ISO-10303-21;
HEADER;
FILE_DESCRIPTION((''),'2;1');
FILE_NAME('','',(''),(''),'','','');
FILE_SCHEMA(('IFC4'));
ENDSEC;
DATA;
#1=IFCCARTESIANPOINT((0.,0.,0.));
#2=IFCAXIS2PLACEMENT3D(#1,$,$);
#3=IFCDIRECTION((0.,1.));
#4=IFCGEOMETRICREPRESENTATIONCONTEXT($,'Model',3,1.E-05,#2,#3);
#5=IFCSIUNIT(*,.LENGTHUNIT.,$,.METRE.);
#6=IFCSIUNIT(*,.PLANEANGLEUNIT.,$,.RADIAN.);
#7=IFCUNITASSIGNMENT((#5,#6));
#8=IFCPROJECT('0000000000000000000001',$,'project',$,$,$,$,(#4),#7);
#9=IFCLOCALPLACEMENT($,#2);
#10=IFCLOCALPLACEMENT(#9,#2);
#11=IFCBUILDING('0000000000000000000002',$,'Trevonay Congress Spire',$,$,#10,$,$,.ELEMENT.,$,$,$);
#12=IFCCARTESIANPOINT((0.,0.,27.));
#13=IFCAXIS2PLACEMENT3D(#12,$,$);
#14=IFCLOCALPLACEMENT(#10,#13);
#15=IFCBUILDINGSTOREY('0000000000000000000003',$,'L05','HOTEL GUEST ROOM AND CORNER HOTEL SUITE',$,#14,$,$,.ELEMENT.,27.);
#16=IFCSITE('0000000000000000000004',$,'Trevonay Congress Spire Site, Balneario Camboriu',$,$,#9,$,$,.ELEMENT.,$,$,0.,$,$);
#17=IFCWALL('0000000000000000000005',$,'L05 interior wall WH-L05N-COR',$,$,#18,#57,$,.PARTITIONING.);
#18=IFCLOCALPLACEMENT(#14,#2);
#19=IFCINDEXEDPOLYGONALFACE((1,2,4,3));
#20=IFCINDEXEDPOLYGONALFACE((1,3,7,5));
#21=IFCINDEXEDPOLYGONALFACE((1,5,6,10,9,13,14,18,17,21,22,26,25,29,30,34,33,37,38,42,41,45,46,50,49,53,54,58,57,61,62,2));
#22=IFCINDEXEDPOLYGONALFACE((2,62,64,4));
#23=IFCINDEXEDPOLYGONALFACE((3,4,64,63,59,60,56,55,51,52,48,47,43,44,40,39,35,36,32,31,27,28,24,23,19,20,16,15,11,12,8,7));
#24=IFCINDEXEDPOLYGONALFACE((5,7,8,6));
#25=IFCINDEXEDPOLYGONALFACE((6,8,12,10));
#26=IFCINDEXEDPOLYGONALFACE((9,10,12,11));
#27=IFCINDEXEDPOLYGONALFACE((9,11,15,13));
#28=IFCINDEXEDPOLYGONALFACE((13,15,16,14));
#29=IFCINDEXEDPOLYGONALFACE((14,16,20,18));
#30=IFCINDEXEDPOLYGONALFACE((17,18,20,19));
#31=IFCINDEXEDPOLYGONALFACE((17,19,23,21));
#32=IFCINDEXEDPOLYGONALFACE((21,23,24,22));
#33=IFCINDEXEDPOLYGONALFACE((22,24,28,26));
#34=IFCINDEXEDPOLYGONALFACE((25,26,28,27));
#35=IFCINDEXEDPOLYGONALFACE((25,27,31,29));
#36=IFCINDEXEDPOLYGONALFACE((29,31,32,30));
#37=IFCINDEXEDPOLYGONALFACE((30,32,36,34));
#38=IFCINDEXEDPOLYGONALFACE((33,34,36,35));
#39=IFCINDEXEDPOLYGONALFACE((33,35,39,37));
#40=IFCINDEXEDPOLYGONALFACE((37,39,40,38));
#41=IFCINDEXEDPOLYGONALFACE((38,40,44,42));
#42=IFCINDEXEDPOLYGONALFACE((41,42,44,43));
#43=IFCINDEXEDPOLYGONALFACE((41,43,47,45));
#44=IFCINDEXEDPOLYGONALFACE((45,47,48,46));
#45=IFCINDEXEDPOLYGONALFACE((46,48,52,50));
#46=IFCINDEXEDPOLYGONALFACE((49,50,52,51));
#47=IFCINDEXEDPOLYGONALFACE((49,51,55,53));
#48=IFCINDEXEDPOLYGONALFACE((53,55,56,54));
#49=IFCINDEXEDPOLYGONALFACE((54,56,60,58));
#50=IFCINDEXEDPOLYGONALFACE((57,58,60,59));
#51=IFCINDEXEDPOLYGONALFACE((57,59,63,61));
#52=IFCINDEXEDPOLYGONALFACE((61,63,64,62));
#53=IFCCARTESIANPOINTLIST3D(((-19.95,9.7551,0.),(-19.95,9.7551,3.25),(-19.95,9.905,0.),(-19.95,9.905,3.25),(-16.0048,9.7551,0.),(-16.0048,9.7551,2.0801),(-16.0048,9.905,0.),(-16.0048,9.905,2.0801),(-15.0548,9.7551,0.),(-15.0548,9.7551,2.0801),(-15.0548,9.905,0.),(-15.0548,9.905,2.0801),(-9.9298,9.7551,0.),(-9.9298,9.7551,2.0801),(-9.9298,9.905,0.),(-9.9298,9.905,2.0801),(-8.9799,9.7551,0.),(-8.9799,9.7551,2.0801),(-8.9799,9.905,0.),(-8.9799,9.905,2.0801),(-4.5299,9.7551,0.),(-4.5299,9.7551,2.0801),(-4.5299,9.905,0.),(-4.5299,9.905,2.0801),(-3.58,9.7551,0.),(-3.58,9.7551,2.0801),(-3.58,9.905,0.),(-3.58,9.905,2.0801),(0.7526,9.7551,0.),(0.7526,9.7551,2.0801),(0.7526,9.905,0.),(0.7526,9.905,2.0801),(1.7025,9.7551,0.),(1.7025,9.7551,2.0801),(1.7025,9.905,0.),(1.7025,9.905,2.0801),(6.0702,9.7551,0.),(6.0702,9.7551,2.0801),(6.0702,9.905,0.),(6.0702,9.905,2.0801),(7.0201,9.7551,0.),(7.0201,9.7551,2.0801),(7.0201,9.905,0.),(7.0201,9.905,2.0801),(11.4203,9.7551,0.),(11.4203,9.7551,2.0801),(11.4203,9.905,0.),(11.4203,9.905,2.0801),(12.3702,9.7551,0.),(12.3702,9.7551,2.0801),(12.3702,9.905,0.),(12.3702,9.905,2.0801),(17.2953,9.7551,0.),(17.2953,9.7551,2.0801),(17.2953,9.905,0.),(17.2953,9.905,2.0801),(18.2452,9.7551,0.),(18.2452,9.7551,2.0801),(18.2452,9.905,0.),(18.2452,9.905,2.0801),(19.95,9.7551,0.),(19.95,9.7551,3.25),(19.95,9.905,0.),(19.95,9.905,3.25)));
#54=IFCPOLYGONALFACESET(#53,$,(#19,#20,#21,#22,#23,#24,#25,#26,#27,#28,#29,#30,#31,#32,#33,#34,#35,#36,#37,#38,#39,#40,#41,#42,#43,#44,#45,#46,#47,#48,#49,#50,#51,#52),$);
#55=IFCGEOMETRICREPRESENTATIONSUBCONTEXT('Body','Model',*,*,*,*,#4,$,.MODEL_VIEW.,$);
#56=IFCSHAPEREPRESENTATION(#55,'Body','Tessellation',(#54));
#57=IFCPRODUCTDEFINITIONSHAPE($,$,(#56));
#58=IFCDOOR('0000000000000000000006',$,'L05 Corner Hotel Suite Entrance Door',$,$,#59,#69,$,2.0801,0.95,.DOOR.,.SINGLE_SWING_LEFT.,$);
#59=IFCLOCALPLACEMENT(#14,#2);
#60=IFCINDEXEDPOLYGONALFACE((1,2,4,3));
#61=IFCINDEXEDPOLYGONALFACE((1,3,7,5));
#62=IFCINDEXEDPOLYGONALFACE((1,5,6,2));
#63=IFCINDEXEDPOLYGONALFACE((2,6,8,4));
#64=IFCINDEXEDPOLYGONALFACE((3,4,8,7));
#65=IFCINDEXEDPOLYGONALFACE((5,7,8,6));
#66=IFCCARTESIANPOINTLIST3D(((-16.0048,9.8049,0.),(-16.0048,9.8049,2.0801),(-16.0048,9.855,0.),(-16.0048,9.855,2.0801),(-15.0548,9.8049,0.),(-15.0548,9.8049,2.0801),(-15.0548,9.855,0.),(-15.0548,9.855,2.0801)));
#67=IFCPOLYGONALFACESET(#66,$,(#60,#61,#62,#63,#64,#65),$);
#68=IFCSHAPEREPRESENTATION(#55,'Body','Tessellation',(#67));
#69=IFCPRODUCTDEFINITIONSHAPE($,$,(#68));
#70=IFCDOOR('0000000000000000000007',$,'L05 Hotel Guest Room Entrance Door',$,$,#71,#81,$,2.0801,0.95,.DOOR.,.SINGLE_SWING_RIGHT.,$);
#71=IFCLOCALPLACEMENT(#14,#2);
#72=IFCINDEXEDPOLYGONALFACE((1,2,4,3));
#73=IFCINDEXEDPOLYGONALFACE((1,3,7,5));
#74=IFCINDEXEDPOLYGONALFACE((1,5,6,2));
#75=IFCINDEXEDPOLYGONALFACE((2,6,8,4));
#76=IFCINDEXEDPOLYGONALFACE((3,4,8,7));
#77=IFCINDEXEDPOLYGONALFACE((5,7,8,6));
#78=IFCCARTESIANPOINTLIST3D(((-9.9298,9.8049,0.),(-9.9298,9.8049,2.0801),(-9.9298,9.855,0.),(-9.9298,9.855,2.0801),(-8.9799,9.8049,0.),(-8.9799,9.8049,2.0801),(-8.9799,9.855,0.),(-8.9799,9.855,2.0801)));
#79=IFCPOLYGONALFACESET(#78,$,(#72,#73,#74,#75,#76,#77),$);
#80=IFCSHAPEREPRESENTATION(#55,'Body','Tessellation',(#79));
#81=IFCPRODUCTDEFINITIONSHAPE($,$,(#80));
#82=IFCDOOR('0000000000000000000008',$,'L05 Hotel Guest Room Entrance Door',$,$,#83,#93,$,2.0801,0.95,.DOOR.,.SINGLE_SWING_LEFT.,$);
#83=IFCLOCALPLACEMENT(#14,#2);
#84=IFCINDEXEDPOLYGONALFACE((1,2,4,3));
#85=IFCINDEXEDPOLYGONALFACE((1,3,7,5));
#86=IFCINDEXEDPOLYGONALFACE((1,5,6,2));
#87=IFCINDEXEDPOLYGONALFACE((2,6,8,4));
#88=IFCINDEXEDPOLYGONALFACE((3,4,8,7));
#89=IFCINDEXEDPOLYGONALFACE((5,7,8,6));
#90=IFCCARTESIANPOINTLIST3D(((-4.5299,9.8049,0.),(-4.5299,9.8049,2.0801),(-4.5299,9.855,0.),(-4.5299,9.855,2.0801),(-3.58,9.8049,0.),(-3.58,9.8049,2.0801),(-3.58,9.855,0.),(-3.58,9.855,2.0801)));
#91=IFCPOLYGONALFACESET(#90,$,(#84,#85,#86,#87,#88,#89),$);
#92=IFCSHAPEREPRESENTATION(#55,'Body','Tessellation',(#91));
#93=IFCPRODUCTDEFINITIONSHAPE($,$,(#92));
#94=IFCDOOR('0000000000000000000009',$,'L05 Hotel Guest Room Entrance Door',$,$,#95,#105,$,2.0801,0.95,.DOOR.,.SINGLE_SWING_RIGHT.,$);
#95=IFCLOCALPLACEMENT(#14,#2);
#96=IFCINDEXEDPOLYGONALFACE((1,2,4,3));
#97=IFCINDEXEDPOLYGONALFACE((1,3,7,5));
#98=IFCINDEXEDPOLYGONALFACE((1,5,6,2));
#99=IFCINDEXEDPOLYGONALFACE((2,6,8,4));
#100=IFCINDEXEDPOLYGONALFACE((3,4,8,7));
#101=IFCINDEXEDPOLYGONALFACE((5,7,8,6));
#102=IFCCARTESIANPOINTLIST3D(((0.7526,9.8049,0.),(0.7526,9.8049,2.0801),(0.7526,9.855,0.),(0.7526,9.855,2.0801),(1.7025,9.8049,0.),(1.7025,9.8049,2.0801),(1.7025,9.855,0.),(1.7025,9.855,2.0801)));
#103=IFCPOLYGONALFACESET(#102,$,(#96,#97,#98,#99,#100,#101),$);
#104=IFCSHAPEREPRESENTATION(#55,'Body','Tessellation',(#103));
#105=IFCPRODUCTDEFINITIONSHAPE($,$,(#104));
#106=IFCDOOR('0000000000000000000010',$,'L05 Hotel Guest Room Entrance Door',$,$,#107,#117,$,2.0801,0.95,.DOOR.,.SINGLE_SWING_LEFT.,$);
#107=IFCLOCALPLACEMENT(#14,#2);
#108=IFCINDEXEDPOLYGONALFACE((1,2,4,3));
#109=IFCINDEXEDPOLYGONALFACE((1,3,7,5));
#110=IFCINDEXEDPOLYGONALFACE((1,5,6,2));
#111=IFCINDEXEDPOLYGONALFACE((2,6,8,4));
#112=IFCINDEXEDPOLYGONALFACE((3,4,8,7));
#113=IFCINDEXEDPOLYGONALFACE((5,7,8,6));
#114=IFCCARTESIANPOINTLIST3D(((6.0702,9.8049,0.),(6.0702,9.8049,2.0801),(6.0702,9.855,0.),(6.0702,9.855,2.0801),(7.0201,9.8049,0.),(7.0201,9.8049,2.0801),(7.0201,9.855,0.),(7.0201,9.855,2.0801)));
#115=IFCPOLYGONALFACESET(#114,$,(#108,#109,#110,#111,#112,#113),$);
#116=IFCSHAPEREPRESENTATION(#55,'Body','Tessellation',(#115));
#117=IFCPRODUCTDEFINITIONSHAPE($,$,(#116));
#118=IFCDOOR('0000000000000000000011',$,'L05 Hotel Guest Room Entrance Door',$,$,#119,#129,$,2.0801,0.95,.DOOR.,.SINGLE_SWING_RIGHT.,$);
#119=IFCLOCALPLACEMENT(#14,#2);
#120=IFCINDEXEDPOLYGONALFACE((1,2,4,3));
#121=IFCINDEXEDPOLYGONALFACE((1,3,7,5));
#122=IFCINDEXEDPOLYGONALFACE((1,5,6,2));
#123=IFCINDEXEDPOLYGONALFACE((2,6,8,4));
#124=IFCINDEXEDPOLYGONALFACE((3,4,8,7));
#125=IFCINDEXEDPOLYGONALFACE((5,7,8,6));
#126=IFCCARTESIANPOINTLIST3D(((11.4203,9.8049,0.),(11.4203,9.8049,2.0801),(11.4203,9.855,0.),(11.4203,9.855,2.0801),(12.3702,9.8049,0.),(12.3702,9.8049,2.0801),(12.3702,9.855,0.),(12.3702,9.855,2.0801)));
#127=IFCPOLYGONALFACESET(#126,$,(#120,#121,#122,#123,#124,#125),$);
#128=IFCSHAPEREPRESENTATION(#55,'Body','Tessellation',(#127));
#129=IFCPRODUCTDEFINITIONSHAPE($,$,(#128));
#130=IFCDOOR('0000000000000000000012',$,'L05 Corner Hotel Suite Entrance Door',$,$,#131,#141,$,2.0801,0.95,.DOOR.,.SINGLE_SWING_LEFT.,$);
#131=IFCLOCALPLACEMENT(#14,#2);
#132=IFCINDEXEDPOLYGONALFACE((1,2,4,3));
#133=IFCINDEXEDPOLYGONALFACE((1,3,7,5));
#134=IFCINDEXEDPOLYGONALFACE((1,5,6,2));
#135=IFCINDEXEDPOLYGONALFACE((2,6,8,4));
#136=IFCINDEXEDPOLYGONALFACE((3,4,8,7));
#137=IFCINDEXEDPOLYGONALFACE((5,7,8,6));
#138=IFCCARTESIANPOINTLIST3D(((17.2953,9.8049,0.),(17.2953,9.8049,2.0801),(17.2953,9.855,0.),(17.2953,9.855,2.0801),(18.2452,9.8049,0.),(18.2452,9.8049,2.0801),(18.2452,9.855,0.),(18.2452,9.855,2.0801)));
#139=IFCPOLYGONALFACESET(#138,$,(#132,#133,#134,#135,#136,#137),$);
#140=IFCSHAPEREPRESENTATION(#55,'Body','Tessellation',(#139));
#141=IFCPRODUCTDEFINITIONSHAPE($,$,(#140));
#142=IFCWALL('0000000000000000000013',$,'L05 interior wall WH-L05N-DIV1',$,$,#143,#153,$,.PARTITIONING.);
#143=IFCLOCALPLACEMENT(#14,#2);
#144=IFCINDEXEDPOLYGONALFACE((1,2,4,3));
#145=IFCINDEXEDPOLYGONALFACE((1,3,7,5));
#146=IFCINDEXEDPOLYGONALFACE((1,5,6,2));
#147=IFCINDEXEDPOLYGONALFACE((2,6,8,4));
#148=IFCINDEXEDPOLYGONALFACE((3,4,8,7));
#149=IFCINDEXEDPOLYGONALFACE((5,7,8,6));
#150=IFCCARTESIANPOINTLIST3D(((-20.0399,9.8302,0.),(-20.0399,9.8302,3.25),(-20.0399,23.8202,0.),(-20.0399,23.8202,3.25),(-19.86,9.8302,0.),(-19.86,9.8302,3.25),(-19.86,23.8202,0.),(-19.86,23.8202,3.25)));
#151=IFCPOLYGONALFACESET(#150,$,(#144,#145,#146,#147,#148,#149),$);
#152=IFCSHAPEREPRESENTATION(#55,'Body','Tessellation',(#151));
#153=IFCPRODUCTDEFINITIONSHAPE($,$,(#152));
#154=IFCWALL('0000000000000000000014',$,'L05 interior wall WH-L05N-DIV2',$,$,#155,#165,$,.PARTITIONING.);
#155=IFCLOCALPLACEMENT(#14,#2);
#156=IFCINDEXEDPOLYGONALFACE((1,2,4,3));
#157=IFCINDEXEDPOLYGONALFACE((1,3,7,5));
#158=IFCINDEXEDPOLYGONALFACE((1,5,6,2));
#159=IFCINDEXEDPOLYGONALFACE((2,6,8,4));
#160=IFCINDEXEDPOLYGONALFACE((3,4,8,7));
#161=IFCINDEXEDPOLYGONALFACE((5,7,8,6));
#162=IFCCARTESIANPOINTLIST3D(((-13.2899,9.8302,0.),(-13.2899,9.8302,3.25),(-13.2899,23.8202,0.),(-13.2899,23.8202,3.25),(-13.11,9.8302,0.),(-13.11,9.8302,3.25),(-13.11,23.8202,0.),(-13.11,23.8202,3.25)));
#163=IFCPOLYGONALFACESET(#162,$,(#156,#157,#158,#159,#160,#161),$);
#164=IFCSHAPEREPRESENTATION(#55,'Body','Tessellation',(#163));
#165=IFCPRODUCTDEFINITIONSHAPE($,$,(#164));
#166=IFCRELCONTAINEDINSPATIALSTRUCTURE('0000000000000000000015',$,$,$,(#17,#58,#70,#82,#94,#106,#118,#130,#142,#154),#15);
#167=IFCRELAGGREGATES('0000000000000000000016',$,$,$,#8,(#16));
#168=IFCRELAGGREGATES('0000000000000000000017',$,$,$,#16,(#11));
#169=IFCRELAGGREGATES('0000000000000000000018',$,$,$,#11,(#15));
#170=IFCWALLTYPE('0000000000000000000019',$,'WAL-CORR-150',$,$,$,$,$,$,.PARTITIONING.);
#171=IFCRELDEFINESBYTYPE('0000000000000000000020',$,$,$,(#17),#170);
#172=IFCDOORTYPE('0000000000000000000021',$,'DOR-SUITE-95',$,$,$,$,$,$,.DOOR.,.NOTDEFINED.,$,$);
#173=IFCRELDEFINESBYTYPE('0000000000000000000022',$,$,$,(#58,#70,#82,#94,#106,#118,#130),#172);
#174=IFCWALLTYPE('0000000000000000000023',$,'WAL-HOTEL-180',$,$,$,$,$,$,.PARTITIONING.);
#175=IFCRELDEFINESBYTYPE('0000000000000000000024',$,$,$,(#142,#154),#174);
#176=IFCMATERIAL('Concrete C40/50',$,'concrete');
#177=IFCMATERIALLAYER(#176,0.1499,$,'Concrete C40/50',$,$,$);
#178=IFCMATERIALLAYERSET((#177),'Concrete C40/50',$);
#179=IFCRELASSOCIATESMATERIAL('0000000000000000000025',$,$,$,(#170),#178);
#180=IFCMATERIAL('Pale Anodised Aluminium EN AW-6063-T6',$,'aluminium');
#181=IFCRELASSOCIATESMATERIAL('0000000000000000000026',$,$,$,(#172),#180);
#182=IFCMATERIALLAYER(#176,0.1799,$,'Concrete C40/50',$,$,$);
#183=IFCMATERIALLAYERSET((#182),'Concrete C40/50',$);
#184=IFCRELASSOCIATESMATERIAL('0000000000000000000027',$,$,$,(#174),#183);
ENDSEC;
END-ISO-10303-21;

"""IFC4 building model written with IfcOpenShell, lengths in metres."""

from ifc_helpers import new_model, si_unit, direction, frame, frame_2d, origin, place, context, subcontext, project, spatial, rectangle, extrude, material, layer, layer_set, type_object, element, fill, save


model = new_model("IFC4")

# Units and contexts
model_context = context("Model", 3, precision=1e-05, world=origin(), true_north=direction((0.0, 1.0)))
body_context = subcontext(model_context, "Body", "Model", "MODEL_VIEW")
ifc_project = project(units=[si_unit("LENGTHUNIT", "METRE"), si_unit("PLANEANGLEUNIT", "RADIAN")], contexts=[model_context])

# Site, building, storey
site_placement = place(None, origin())
site = spatial("IfcSite", under=ifc_project, at=site_placement, Name="Trevonay Congress Spire Site, Balneario Camboriu", CompositionType="ELEMENT", RefElevation=0.0)
building_placement = place(site_placement, origin())
building = spatial("IfcBuilding", under=site, at=building_placement, Name="Trevonay Congress Spire", CompositionType="ELEMENT")
storey_placement = place(building_placement, frame((0.0, 0.0, 27.0)))
storey = spatial("IfcBuildingStorey", under=building, at=storey_placement, Name="L05", Description="HOTEL GUEST ROOM AND CORNER HOTEL SUITE", CompositionType="ELEMENT", Elevation=27.0)

# Shared definitions
ifc_material_1 = material(Name="Concrete C40/50", Category="concrete")
ifc_material_2 = material(Name="Pale Anodised Aluminium EN AW-6063-T6", Category="aluminium")

# Wall, openings, doors
ifc_layer_1 = layer(ifc_material_1, 0.1499, Name="Concrete C40/50")
ifc_layer_set_1 = layer_set([ifc_layer_1], Name="Concrete C40/50")
wall_type_1 = type_object("IfcWallType", Name="WAL-CORR-150", PredefinedType="PARTITIONING", material=ifc_layer_set_1)
wall_1_placement = place(storey_placement, frame((-19.95, 9.8301, 0.0), z_axis=(0.0, 0.0, 1.0), x_axis=(1.0, 0.0, 0.0)))
wall_1 = element("IfcWall", 1, at=wall_1_placement, inside=storey, type_object=wall_type_1, Name="L05 interior wall WH-L05N-COR", PredefinedType="PARTITIONING", context=body_context, shape_type="SweptSolid", body=[
    extrude(rectangle(XDim=39.8999, YDim=0.1499, at=frame_2d((19.95, 0.0))), origin(), (0.0, 0.0, 1.0), 3.25),
])
opening_1_placement = place(wall_1_placement, frame((3.9451, 0.0, 0.0)))
opening_1 = element("IfcOpeningElement", 2, at=opening_1_placement, cuts=wall_1, PredefinedType="OPENING", context=body_context, shape_type="SweptSolid", body=[
    extrude(rectangle(XDim=0.95, YDim=2.0801, at=frame_2d((0.4751, 1.04))), frame((0.0, 0.085, 0.0), z_axis=(0.0, -1.0, 0.0), x_axis=(1.0, 0.0, 0.0)), (0.0, 0.0, 1.0), 0.1699),
])
opening_2_placement = place(wall_1_placement, frame((10.02, 0.0, 0.0)))
opening_2 = element("IfcOpeningElement", 3, at=opening_2_placement, cuts=wall_1, PredefinedType="OPENING", context=body_context, shape_type="SweptSolid", body=[
    extrude(rectangle(XDim=0.95, YDim=2.0801, at=frame_2d((0.4751, 1.04))), frame((0.0, 0.085, 0.0), z_axis=(0.0, -1.0, 0.0), x_axis=(1.0, 0.0, 0.0)), (0.0, 0.0, 1.0), 0.1699),
])
opening_3_placement = place(wall_1_placement, frame((15.4199, 0.0, 0.0)))
opening_3 = element("IfcOpeningElement", 4, at=opening_3_placement, cuts=wall_1, PredefinedType="OPENING", context=body_context, shape_type="SweptSolid", body=[
    extrude(rectangle(XDim=0.95, YDim=2.0801, at=frame_2d((0.4751, 1.04))), frame((0.0, 0.085, 0.0), z_axis=(0.0, -1.0, 0.0), x_axis=(1.0, 0.0, 0.0)), (0.0, 0.0, 1.0), 0.1699),
])
opening_4_placement = place(wall_1_placement, frame((20.7024, 0.0, 0.0)))
opening_4 = element("IfcOpeningElement", 5, at=opening_4_placement, cuts=wall_1, PredefinedType="OPENING", context=body_context, shape_type="SweptSolid", body=[
    extrude(rectangle(XDim=0.95, YDim=2.0801, at=frame_2d((0.4751, 1.04))), frame((0.0, 0.085, 0.0), z_axis=(0.0, -1.0, 0.0), x_axis=(1.0, 0.0, 0.0)), (0.0, 0.0, 1.0), 0.1699),
])
opening_5_placement = place(wall_1_placement, frame((26.02, 0.0, 0.0)))
opening_5 = element("IfcOpeningElement", 6, at=opening_5_placement, cuts=wall_1, PredefinedType="OPENING", context=body_context, shape_type="SweptSolid", body=[
    extrude(rectangle(XDim=0.95, YDim=2.0801, at=frame_2d((0.4751, 1.04))), frame((0.0, 0.085, 0.0), z_axis=(0.0, -1.0, 0.0), x_axis=(1.0, 0.0, 0.0)), (0.0, 0.0, 1.0), 0.1699),
])
opening_6_placement = place(wall_1_placement, frame((31.3701, 0.0, 0.0)))
opening_6 = element("IfcOpeningElement", 7, at=opening_6_placement, cuts=wall_1, PredefinedType="OPENING", context=body_context, shape_type="SweptSolid", body=[
    extrude(rectangle(XDim=0.95, YDim=2.0801, at=frame_2d((0.4751, 1.04))), frame((0.0, 0.085, 0.0), z_axis=(0.0, -1.0, 0.0), x_axis=(1.0, 0.0, 0.0)), (0.0, 0.0, 1.0), 0.1699),
])
opening_7_placement = place(wall_1_placement, frame((37.2451, 0.0, 0.0)))
opening_7 = element("IfcOpeningElement", 8, at=opening_7_placement, cuts=wall_1, PredefinedType="OPENING", context=body_context, shape_type="SweptSolid", body=[
    extrude(rectangle(XDim=0.95, YDim=2.0801, at=frame_2d((0.4751, 1.04))), frame((0.0, 0.085, 0.0), z_axis=(0.0, -1.0, 0.0), x_axis=(1.0, 0.0, 0.0)), (0.0, 0.0, 1.0), 0.1699),
])
door_type_1 = type_object("IfcDoorType", Name="DOR-SUITE-95", OperationType="NOTDEFINED", PredefinedType="DOOR", material=ifc_material_2)
door_1_placement = place(opening_1_placement, origin())
door_1 = element("IfcDoor", 9, at=door_1_placement, inside=storey, type_object=door_type_1, Name="L05 Corner Hotel Suite Entrance Door", OperationType="SINGLE_SWING_LEFT", OverallHeight=2.0801, OverallWidth=0.95, PredefinedType="DOOR", context=body_context, shape_type="SweptSolid", body=[
    extrude(rectangle(XDim=0.95, YDim=2.0801, at=frame_2d((0.4751, 1.04))), frame((0.0, 0.0249, 0.0), z_axis=(0.0, -1.0, 0.0), x_axis=(1.0, 0.0, 0.0)), (0.0, 0.0, 1.0), 0.05),
])
fill(opening_1, door_1)
door_2_placement = place(opening_2_placement, origin())
door_2 = element("IfcDoor", 10, at=door_2_placement, inside=storey, type_object=door_type_1, Name="L05 Hotel Guest Room Entrance Door", OperationType="SINGLE_SWING_RIGHT", OverallHeight=2.0801, OverallWidth=0.95, PredefinedType="DOOR", context=body_context, shape_type="SweptSolid", body=[
    extrude(rectangle(XDim=0.95, YDim=2.0801, at=frame_2d((0.4751, 1.04))), frame((0.0, 0.0249, 0.0), z_axis=(0.0, -1.0, 0.0), x_axis=(1.0, 0.0, 0.0)), (0.0, 0.0, 1.0), 0.05),
])
fill(opening_2, door_2)
door_3_placement = place(opening_3_placement, origin())
door_3 = element("IfcDoor", 11, at=door_3_placement, inside=storey, type_object=door_type_1, Name="L05 Hotel Guest Room Entrance Door", OperationType="SINGLE_SWING_LEFT", OverallHeight=2.0801, OverallWidth=0.95, PredefinedType="DOOR", context=body_context, shape_type="SweptSolid", body=[
    extrude(rectangle(XDim=0.95, YDim=2.0801, at=frame_2d((0.4751, 1.04))), frame((0.0, 0.0249, 0.0), z_axis=(0.0, -1.0, 0.0), x_axis=(1.0, 0.0, 0.0)), (0.0, 0.0, 1.0), 0.05),
])
fill(opening_3, door_3)
door_4_placement = place(opening_4_placement, origin())
door_4 = element("IfcDoor", 12, at=door_4_placement, inside=storey, type_object=door_type_1, Name="L05 Hotel Guest Room Entrance Door", OperationType="SINGLE_SWING_RIGHT", OverallHeight=2.0801, OverallWidth=0.95, PredefinedType="DOOR", context=body_context, shape_type="SweptSolid", body=[
    extrude(rectangle(XDim=0.95, YDim=2.0801, at=frame_2d((0.4751, 1.04))), frame((0.0, 0.0249, 0.0), z_axis=(0.0, -1.0, 0.0), x_axis=(1.0, 0.0, 0.0)), (0.0, 0.0, 1.0), 0.05),
])
fill(opening_4, door_4)
door_5_placement = place(opening_5_placement, origin())
door_5 = element("IfcDoor", 13, at=door_5_placement, inside=storey, type_object=door_type_1, Name="L05 Hotel Guest Room Entrance Door", OperationType="SINGLE_SWING_LEFT", OverallHeight=2.0801, OverallWidth=0.95, PredefinedType="DOOR", context=body_context, shape_type="SweptSolid", body=[
    extrude(rectangle(XDim=0.95, YDim=2.0801, at=frame_2d((0.4751, 1.04))), frame((0.0, 0.0249, 0.0), z_axis=(0.0, -1.0, 0.0), x_axis=(1.0, 0.0, 0.0)), (0.0, 0.0, 1.0), 0.05),
])
fill(opening_5, door_5)
door_6_placement = place(opening_6_placement, origin())
door_6 = element("IfcDoor", 14, at=door_6_placement, inside=storey, type_object=door_type_1, Name="L05 Hotel Guest Room Entrance Door", OperationType="SINGLE_SWING_RIGHT", OverallHeight=2.0801, OverallWidth=0.95, PredefinedType="DOOR", context=body_context, shape_type="SweptSolid", body=[
    extrude(rectangle(XDim=0.95, YDim=2.0801, at=frame_2d((0.4751, 1.04))), frame((0.0, 0.0249, 0.0), z_axis=(0.0, -1.0, 0.0), x_axis=(1.0, 0.0, 0.0)), (0.0, 0.0, 1.0), 0.05),
])
fill(opening_6, door_6)
door_7_placement = place(opening_7_placement, origin())
door_7 = element("IfcDoor", 15, at=door_7_placement, inside=storey, type_object=door_type_1, Name="L05 Corner Hotel Suite Entrance Door", OperationType="SINGLE_SWING_LEFT", OverallHeight=2.0801, OverallWidth=0.95, PredefinedType="DOOR", context=body_context, shape_type="SweptSolid", body=[
    extrude(rectangle(XDim=0.95, YDim=2.0801, at=frame_2d((0.4751, 1.04))), frame((0.0, 0.0249, 0.0), z_axis=(0.0, -1.0, 0.0), x_axis=(1.0, 0.0, 0.0)), (0.0, 0.0, 1.0), 0.05),
])
fill(opening_7, door_7)

# Walls
ifc_layer_2 = layer(ifc_material_1, 0.1799, Name="Concrete C40/50")
ifc_layer_set_2 = layer_set([ifc_layer_2], Name="Concrete C40/50")
wall_type_2 = type_object("IfcWallType", Name="WAL-HOTEL-180", PredefinedType="PARTITIONING", material=ifc_layer_set_2)
for number, where, z_axis, x_axis, name in (
    (16, (-19.95, 9.8301, 0.0), (0.0, 0.0, 1.0), (0.0, 1.0, 0.0), "L05 interior wall WH-L05N-DIV1"),
    (17, (-13.2, 9.8301, 0.0), (0.0, 0.0, 1.0), (0.0, 1.0, 0.0), "L05 interior wall WH-L05N-DIV2"),
):
    element("IfcWall", number, at=place(storey_placement, frame(where, z_axis=z_axis, x_axis=x_axis)), inside=storey, type_object=wall_type_2, Name=name, PredefinedType="PARTITIONING", context=body_context, shape_type="SweptSolid", body=[
        extrude(rectangle(XDim=13.99, YDim=0.1799, at=frame_2d((6.9951, 0.0))), origin(), (0.0, 0.0, 1.0), 3.25),
    ])

save(model, "model.ifc")
